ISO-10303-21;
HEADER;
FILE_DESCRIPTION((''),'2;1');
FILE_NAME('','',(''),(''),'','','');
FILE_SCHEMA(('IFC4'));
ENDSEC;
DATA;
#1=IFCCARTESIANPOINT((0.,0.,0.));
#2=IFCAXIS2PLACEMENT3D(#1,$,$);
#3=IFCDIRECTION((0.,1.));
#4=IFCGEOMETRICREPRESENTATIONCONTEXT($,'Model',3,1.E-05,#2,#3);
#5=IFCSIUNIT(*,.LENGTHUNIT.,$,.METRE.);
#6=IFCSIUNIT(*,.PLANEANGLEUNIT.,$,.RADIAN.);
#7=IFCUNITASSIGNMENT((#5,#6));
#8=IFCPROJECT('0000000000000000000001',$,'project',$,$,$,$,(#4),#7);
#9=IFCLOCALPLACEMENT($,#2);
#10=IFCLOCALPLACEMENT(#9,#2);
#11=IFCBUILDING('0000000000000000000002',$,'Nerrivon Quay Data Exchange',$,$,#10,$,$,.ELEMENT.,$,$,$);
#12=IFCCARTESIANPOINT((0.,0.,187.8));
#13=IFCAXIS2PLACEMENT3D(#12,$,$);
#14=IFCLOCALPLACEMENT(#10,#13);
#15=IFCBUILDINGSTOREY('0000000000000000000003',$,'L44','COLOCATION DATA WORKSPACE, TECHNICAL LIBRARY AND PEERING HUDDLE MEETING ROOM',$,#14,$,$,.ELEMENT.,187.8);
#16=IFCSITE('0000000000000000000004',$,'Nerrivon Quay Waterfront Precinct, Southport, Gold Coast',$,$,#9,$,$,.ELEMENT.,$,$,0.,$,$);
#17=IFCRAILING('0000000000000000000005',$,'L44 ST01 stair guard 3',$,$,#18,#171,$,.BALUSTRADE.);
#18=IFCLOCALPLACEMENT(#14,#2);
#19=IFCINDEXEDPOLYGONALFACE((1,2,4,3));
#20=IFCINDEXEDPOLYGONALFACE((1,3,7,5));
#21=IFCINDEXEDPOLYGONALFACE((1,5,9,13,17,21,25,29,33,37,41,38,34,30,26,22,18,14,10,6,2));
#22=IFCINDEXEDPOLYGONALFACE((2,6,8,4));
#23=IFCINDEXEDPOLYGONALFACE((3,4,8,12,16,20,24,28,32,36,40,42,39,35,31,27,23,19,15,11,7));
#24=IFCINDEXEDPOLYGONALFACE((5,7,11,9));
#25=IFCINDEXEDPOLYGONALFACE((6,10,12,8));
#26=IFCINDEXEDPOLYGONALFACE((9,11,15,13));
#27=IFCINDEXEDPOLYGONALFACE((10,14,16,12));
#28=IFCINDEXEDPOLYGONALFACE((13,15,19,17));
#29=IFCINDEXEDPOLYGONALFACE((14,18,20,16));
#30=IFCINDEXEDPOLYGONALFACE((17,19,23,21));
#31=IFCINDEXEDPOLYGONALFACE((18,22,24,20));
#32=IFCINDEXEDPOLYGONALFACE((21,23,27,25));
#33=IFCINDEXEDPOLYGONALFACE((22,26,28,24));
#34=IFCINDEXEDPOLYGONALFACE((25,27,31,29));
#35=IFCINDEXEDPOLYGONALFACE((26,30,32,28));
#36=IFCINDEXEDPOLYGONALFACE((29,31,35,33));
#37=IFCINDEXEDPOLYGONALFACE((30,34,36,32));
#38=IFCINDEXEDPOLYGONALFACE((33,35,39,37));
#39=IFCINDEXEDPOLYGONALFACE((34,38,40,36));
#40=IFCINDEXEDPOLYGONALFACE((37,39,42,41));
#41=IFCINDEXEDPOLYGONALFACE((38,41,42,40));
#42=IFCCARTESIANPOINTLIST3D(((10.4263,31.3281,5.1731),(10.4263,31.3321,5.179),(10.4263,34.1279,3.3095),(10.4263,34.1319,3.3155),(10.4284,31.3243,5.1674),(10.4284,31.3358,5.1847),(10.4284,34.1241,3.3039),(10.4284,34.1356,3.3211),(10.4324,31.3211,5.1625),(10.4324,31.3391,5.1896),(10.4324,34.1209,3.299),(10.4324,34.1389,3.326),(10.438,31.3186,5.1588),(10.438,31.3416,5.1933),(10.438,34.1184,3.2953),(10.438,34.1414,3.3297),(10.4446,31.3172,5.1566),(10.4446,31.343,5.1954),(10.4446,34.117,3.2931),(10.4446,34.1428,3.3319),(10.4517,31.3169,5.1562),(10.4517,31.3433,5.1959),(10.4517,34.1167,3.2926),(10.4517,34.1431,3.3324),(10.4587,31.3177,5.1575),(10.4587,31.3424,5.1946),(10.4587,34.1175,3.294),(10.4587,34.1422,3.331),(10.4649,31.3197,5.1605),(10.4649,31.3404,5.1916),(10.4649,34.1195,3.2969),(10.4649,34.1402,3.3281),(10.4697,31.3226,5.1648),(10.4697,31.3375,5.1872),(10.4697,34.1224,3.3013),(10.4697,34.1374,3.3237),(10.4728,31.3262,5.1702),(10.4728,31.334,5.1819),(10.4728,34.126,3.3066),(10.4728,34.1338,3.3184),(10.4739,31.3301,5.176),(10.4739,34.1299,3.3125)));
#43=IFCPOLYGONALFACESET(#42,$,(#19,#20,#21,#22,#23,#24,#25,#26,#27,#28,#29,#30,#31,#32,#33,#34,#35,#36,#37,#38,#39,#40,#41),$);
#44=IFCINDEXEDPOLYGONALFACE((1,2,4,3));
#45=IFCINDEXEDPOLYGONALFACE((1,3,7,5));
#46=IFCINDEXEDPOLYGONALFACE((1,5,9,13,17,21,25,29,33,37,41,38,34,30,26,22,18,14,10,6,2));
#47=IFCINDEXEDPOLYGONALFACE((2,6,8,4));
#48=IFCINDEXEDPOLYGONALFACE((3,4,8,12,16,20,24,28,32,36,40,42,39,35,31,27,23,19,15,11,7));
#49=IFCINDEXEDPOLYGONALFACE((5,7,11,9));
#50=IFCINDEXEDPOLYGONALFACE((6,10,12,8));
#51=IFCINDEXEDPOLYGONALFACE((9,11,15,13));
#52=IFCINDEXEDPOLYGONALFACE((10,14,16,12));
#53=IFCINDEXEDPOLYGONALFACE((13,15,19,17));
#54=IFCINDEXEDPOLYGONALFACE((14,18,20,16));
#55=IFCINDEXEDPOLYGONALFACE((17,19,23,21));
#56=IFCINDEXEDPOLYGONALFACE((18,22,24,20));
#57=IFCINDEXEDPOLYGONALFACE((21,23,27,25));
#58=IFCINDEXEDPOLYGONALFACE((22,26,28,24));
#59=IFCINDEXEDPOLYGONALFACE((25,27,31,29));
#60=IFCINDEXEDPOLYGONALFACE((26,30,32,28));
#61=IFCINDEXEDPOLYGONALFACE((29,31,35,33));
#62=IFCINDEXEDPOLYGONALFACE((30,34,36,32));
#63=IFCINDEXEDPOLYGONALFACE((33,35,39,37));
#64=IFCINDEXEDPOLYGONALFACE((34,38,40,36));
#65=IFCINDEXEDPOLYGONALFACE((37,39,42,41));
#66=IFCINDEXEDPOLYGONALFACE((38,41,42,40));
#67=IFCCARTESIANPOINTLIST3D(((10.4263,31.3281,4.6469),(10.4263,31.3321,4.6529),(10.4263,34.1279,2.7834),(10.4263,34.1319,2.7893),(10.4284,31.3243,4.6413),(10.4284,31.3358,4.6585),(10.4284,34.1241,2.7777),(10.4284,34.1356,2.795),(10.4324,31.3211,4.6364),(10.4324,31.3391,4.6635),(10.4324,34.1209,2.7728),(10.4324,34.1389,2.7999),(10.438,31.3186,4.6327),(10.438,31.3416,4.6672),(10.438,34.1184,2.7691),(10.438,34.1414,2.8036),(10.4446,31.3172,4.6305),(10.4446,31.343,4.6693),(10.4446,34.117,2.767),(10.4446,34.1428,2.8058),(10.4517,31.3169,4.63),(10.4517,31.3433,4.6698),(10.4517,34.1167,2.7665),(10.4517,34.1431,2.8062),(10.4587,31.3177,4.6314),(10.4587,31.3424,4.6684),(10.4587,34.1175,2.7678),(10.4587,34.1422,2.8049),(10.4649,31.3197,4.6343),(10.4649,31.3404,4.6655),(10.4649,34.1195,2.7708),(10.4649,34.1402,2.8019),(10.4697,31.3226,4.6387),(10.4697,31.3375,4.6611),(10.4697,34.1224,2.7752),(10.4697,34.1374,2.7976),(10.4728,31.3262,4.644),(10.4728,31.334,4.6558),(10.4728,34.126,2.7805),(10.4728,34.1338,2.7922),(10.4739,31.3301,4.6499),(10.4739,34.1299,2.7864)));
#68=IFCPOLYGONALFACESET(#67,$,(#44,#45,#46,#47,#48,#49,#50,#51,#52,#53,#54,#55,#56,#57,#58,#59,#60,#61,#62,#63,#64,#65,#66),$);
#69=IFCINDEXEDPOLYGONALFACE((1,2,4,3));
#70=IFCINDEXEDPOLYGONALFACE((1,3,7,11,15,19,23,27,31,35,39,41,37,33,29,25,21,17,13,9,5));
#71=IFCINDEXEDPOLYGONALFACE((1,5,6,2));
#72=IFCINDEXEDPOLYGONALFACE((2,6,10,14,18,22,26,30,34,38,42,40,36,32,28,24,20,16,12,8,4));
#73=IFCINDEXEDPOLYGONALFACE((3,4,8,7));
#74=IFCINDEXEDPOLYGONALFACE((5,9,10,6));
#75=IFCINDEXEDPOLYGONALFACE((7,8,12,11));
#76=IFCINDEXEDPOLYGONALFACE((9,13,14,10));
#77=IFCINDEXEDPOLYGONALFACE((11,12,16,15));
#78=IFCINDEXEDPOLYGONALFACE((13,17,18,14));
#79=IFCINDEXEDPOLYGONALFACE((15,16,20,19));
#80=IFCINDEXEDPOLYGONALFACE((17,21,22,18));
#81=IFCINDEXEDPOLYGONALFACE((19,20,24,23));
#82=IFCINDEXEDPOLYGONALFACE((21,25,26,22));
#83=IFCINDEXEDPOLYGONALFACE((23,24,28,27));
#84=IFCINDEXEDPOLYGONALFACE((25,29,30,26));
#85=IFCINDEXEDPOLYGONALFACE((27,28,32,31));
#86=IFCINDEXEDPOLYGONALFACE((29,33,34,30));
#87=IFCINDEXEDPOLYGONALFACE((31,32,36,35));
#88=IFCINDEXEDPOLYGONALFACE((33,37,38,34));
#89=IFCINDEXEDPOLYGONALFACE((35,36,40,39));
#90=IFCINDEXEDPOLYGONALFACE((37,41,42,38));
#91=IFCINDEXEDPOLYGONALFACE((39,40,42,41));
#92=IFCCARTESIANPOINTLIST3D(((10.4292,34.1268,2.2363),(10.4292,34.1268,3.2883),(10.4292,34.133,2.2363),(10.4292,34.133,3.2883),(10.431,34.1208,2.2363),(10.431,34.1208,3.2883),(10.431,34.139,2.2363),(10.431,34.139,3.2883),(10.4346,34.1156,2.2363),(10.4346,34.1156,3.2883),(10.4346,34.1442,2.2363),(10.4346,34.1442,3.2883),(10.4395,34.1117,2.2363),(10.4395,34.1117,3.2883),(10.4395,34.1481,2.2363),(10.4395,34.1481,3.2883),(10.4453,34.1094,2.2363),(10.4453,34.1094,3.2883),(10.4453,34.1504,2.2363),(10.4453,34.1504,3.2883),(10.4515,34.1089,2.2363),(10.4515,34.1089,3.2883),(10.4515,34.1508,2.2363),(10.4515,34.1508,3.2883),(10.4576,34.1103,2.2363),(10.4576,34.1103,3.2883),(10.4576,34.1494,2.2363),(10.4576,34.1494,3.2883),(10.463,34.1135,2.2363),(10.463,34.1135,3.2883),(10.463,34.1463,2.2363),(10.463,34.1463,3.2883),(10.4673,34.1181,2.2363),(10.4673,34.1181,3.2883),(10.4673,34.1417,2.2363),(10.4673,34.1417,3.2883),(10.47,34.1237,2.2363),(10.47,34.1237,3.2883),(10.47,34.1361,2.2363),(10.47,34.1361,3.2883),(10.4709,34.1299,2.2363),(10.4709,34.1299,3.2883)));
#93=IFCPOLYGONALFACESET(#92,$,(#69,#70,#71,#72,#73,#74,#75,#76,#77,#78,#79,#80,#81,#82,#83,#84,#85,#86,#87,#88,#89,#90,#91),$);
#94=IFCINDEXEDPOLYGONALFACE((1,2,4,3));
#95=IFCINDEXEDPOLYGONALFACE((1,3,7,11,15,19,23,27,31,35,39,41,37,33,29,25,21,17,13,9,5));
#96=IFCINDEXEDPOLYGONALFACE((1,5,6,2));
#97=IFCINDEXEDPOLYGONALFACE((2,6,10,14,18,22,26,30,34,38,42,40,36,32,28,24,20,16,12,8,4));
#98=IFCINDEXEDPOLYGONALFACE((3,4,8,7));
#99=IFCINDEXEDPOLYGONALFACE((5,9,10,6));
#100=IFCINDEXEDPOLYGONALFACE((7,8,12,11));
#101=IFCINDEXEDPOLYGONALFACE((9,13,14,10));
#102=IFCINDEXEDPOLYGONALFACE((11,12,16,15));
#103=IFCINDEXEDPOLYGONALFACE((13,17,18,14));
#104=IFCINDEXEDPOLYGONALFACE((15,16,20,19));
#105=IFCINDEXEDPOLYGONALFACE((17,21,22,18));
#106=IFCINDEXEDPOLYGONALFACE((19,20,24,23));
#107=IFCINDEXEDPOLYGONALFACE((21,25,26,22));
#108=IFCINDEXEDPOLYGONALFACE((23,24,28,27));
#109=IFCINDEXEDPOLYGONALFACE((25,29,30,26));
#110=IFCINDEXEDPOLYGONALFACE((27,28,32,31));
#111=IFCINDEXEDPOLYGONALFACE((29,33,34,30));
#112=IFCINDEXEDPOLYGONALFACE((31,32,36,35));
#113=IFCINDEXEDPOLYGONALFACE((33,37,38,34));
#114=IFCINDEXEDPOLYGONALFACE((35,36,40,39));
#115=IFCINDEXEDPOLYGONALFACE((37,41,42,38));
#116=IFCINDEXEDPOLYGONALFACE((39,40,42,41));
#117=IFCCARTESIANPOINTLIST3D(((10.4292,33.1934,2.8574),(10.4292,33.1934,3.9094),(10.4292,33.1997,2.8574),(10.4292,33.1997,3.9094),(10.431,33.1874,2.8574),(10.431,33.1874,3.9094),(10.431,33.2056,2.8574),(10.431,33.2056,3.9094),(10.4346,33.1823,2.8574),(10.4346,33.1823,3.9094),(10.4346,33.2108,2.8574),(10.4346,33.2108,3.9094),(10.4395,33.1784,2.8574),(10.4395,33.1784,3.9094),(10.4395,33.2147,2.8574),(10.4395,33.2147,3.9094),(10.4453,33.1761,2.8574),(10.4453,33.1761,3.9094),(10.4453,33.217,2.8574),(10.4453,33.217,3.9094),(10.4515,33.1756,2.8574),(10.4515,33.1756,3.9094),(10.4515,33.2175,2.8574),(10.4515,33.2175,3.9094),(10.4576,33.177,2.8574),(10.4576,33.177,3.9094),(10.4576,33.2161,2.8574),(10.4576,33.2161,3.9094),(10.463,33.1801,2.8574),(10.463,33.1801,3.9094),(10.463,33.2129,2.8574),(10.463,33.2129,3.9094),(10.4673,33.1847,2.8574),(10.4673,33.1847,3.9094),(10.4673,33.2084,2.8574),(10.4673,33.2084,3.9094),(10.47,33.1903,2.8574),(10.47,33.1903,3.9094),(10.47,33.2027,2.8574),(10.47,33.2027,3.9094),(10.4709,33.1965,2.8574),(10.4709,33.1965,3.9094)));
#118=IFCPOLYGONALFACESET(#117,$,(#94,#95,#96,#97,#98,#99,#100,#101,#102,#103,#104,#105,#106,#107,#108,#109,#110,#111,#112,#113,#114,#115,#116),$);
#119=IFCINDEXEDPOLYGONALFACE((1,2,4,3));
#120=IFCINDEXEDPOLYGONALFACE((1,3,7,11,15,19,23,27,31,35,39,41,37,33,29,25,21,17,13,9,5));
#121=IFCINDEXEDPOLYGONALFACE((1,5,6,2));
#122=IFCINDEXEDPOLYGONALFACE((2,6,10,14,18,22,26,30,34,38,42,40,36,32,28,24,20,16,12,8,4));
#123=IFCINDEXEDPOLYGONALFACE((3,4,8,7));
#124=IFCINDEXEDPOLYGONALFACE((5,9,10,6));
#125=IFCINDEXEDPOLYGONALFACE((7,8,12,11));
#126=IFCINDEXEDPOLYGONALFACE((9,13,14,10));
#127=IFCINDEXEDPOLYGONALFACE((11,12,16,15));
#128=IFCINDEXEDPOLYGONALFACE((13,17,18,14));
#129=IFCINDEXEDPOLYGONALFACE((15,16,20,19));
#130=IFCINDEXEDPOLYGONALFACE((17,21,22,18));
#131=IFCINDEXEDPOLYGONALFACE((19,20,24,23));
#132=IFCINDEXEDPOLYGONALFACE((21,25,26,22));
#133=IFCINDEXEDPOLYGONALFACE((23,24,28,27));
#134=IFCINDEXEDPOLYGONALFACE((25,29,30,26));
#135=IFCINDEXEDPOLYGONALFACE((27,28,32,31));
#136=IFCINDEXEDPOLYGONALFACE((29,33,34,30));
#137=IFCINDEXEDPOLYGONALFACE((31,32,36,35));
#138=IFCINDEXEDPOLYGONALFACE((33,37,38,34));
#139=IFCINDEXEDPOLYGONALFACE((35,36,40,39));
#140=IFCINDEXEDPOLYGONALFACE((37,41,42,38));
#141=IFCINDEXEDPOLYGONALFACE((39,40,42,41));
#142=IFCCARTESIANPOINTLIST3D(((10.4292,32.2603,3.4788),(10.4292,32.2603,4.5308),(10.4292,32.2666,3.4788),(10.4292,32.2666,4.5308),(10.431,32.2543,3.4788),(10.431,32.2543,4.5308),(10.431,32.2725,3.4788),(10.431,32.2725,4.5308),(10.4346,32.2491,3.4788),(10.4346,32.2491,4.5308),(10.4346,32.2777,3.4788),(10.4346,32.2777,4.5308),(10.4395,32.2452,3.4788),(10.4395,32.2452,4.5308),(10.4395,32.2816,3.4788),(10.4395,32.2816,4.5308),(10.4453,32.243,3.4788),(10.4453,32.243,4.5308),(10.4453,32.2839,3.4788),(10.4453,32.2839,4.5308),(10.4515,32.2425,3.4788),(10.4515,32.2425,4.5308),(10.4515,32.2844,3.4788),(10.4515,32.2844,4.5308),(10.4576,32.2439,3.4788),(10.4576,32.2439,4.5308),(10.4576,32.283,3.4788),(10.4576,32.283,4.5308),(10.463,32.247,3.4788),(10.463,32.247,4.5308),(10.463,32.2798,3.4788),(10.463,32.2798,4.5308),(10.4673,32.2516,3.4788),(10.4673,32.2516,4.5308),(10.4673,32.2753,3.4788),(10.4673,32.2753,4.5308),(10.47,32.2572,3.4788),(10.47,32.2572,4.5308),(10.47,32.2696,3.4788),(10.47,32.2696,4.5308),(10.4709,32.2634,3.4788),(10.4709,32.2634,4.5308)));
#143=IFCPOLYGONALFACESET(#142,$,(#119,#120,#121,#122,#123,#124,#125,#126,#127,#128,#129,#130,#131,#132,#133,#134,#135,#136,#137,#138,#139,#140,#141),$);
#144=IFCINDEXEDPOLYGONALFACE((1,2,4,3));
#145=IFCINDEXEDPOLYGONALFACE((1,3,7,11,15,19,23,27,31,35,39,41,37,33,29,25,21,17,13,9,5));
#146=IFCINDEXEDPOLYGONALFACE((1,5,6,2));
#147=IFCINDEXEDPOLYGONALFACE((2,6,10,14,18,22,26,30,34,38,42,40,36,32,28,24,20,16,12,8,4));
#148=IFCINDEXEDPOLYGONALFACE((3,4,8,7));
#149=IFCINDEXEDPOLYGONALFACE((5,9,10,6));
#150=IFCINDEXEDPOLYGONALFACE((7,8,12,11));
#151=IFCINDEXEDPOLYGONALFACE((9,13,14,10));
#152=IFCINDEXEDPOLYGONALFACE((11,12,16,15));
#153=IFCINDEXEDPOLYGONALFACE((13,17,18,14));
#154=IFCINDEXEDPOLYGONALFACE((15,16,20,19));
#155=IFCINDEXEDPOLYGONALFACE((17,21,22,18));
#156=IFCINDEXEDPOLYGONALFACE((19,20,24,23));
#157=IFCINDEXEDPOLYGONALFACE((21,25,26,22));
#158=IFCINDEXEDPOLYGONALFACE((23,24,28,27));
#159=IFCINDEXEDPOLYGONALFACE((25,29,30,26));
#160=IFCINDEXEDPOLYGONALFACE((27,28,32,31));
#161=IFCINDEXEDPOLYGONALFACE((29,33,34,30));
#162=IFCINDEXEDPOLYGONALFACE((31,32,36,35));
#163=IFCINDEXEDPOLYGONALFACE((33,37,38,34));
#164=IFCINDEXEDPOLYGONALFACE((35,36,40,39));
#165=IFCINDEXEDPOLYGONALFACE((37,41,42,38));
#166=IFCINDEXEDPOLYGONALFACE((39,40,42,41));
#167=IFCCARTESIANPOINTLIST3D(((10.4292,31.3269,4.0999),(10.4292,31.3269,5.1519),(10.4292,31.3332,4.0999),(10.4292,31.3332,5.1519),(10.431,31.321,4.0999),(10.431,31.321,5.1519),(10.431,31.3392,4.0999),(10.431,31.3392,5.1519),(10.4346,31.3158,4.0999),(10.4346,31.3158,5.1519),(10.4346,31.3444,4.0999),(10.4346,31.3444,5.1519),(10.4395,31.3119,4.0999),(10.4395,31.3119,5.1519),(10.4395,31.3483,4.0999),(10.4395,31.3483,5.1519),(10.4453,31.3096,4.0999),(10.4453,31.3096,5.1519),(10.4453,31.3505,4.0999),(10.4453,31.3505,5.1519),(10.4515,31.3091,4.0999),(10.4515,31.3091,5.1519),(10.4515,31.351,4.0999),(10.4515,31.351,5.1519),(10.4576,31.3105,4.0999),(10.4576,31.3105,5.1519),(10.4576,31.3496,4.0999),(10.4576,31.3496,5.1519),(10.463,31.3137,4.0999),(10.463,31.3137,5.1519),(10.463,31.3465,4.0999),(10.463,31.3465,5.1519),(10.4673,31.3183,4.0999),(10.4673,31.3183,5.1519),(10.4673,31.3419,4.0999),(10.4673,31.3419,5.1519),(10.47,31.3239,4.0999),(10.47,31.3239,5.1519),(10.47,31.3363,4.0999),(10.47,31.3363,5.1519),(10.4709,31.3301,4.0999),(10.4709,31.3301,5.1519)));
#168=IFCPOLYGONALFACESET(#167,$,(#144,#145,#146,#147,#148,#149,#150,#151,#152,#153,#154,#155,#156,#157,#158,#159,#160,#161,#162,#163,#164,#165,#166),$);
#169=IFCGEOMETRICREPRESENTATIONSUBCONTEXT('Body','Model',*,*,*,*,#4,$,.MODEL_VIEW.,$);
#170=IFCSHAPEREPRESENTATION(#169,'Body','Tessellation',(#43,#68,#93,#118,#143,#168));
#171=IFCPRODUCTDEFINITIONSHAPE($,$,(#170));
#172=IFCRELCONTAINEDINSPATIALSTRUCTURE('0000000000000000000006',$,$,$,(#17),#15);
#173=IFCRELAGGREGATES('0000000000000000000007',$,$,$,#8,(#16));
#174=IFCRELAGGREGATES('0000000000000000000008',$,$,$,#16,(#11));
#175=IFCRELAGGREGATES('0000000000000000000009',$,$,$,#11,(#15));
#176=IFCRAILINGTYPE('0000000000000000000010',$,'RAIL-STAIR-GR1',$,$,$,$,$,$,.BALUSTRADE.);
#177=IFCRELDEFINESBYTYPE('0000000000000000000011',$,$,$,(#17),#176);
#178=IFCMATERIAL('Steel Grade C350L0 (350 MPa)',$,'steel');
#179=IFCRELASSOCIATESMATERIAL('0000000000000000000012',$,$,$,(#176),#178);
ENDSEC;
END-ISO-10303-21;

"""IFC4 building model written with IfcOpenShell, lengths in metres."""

from ifc_helpers import new_model, si_unit, direction, frame, origin, origin_2d, place, context, subcontext, project, spatial, circle, extrude, material, type_object, element, save


model = new_model("IFC4")

# Units and contexts
model_context = context("Model", 3, precision=1e-05, world=origin(), true_north=direction((0.0, 1.0)))
body_context = subcontext(model_context, "Body", "Model", "MODEL_VIEW")
ifc_project = project(units=[si_unit("LENGTHUNIT", "METRE"), si_unit("PLANEANGLEUNIT", "RADIAN")], contexts=[model_context])

# Site, building, storey
site_placement = place(None, origin())
site = spatial("IfcSite", under=ifc_project, at=site_placement, Name="Nerrivon Quay Waterfront Precinct, Southport, Gold Coast", CompositionType="ELEMENT", RefElevation=0.0)
building_placement = place(site_placement, origin())
building = spatial("IfcBuilding", under=site, at=building_placement, Name="Nerrivon Quay Data Exchange", CompositionType="ELEMENT")
storey_placement = place(building_placement, frame((0.0, 0.0, 187.8)))
storey = spatial("IfcBuildingStorey", under=building, at=storey_placement, Name="L44", Description="COLOCATION DATA WORKSPACE, TECHNICAL LIBRARY AND PEERING HUDDLE MEETING ROOM", CompositionType="ELEMENT", Elevation=187.8)

# Shared definitions
ifc_material_1 = material(Name="Steel Grade C350L0 (350 MPa)", Category="steel")

# Railing
railing_type = type_object("IfcRailingType", Name="RAIL-STAIR-GR1", PredefinedType="BALUSTRADE", material=ifc_material_1)
railing_1_placement = place(storey_placement, frame((10.45, 34.1299, 2.2363)))
element("IfcRailing", 1, at=railing_1_placement, inside=storey, type_object=railing_type, Name="L44 ST01 stair guard 3", PredefinedType="BALUSTRADE", context=body_context, shape_type="SweptSolid", body=[
    extrude(circle(Radius=0.0239, at=origin_2d()), frame((0.0, 0.0, 1.0762), z_axis=(0.0, -0.832463, 0.55408), x_axis=(1.0, 0.0, 0.0)), (0.0, 0.0, 1.0), 3.3633),
    extrude(circle(Radius=0.0239, at=origin_2d()), frame((0.0, 0.0, 0.55), z_axis=(0.0, -0.832463, 0.55408), x_axis=(1.0, 0.0, 0.0)), (0.0, 0.0, 1.0), 3.3633),
    extrude(circle(Radius=0.021, at=origin_2d()), origin(), (0.0, 0.0, 1.0), 1.052),
    extrude(circle(Radius=0.021, at=origin_2d()), frame((0.0, -0.9333, 0.6211)), (0.0, 0.0, 1.0), 1.052),
    extrude(circle(Radius=0.021, at=origin_2d()), frame((0.0, -1.8665, 1.2424)), (0.0, 0.0, 1.0), 1.052),
    extrude(circle(Radius=0.021, at=origin_2d()), frame((0.0, -2.7998, 1.8635)), (0.0, 0.0, 1.0), 1.052),
])

save(model, "model.ifc")
